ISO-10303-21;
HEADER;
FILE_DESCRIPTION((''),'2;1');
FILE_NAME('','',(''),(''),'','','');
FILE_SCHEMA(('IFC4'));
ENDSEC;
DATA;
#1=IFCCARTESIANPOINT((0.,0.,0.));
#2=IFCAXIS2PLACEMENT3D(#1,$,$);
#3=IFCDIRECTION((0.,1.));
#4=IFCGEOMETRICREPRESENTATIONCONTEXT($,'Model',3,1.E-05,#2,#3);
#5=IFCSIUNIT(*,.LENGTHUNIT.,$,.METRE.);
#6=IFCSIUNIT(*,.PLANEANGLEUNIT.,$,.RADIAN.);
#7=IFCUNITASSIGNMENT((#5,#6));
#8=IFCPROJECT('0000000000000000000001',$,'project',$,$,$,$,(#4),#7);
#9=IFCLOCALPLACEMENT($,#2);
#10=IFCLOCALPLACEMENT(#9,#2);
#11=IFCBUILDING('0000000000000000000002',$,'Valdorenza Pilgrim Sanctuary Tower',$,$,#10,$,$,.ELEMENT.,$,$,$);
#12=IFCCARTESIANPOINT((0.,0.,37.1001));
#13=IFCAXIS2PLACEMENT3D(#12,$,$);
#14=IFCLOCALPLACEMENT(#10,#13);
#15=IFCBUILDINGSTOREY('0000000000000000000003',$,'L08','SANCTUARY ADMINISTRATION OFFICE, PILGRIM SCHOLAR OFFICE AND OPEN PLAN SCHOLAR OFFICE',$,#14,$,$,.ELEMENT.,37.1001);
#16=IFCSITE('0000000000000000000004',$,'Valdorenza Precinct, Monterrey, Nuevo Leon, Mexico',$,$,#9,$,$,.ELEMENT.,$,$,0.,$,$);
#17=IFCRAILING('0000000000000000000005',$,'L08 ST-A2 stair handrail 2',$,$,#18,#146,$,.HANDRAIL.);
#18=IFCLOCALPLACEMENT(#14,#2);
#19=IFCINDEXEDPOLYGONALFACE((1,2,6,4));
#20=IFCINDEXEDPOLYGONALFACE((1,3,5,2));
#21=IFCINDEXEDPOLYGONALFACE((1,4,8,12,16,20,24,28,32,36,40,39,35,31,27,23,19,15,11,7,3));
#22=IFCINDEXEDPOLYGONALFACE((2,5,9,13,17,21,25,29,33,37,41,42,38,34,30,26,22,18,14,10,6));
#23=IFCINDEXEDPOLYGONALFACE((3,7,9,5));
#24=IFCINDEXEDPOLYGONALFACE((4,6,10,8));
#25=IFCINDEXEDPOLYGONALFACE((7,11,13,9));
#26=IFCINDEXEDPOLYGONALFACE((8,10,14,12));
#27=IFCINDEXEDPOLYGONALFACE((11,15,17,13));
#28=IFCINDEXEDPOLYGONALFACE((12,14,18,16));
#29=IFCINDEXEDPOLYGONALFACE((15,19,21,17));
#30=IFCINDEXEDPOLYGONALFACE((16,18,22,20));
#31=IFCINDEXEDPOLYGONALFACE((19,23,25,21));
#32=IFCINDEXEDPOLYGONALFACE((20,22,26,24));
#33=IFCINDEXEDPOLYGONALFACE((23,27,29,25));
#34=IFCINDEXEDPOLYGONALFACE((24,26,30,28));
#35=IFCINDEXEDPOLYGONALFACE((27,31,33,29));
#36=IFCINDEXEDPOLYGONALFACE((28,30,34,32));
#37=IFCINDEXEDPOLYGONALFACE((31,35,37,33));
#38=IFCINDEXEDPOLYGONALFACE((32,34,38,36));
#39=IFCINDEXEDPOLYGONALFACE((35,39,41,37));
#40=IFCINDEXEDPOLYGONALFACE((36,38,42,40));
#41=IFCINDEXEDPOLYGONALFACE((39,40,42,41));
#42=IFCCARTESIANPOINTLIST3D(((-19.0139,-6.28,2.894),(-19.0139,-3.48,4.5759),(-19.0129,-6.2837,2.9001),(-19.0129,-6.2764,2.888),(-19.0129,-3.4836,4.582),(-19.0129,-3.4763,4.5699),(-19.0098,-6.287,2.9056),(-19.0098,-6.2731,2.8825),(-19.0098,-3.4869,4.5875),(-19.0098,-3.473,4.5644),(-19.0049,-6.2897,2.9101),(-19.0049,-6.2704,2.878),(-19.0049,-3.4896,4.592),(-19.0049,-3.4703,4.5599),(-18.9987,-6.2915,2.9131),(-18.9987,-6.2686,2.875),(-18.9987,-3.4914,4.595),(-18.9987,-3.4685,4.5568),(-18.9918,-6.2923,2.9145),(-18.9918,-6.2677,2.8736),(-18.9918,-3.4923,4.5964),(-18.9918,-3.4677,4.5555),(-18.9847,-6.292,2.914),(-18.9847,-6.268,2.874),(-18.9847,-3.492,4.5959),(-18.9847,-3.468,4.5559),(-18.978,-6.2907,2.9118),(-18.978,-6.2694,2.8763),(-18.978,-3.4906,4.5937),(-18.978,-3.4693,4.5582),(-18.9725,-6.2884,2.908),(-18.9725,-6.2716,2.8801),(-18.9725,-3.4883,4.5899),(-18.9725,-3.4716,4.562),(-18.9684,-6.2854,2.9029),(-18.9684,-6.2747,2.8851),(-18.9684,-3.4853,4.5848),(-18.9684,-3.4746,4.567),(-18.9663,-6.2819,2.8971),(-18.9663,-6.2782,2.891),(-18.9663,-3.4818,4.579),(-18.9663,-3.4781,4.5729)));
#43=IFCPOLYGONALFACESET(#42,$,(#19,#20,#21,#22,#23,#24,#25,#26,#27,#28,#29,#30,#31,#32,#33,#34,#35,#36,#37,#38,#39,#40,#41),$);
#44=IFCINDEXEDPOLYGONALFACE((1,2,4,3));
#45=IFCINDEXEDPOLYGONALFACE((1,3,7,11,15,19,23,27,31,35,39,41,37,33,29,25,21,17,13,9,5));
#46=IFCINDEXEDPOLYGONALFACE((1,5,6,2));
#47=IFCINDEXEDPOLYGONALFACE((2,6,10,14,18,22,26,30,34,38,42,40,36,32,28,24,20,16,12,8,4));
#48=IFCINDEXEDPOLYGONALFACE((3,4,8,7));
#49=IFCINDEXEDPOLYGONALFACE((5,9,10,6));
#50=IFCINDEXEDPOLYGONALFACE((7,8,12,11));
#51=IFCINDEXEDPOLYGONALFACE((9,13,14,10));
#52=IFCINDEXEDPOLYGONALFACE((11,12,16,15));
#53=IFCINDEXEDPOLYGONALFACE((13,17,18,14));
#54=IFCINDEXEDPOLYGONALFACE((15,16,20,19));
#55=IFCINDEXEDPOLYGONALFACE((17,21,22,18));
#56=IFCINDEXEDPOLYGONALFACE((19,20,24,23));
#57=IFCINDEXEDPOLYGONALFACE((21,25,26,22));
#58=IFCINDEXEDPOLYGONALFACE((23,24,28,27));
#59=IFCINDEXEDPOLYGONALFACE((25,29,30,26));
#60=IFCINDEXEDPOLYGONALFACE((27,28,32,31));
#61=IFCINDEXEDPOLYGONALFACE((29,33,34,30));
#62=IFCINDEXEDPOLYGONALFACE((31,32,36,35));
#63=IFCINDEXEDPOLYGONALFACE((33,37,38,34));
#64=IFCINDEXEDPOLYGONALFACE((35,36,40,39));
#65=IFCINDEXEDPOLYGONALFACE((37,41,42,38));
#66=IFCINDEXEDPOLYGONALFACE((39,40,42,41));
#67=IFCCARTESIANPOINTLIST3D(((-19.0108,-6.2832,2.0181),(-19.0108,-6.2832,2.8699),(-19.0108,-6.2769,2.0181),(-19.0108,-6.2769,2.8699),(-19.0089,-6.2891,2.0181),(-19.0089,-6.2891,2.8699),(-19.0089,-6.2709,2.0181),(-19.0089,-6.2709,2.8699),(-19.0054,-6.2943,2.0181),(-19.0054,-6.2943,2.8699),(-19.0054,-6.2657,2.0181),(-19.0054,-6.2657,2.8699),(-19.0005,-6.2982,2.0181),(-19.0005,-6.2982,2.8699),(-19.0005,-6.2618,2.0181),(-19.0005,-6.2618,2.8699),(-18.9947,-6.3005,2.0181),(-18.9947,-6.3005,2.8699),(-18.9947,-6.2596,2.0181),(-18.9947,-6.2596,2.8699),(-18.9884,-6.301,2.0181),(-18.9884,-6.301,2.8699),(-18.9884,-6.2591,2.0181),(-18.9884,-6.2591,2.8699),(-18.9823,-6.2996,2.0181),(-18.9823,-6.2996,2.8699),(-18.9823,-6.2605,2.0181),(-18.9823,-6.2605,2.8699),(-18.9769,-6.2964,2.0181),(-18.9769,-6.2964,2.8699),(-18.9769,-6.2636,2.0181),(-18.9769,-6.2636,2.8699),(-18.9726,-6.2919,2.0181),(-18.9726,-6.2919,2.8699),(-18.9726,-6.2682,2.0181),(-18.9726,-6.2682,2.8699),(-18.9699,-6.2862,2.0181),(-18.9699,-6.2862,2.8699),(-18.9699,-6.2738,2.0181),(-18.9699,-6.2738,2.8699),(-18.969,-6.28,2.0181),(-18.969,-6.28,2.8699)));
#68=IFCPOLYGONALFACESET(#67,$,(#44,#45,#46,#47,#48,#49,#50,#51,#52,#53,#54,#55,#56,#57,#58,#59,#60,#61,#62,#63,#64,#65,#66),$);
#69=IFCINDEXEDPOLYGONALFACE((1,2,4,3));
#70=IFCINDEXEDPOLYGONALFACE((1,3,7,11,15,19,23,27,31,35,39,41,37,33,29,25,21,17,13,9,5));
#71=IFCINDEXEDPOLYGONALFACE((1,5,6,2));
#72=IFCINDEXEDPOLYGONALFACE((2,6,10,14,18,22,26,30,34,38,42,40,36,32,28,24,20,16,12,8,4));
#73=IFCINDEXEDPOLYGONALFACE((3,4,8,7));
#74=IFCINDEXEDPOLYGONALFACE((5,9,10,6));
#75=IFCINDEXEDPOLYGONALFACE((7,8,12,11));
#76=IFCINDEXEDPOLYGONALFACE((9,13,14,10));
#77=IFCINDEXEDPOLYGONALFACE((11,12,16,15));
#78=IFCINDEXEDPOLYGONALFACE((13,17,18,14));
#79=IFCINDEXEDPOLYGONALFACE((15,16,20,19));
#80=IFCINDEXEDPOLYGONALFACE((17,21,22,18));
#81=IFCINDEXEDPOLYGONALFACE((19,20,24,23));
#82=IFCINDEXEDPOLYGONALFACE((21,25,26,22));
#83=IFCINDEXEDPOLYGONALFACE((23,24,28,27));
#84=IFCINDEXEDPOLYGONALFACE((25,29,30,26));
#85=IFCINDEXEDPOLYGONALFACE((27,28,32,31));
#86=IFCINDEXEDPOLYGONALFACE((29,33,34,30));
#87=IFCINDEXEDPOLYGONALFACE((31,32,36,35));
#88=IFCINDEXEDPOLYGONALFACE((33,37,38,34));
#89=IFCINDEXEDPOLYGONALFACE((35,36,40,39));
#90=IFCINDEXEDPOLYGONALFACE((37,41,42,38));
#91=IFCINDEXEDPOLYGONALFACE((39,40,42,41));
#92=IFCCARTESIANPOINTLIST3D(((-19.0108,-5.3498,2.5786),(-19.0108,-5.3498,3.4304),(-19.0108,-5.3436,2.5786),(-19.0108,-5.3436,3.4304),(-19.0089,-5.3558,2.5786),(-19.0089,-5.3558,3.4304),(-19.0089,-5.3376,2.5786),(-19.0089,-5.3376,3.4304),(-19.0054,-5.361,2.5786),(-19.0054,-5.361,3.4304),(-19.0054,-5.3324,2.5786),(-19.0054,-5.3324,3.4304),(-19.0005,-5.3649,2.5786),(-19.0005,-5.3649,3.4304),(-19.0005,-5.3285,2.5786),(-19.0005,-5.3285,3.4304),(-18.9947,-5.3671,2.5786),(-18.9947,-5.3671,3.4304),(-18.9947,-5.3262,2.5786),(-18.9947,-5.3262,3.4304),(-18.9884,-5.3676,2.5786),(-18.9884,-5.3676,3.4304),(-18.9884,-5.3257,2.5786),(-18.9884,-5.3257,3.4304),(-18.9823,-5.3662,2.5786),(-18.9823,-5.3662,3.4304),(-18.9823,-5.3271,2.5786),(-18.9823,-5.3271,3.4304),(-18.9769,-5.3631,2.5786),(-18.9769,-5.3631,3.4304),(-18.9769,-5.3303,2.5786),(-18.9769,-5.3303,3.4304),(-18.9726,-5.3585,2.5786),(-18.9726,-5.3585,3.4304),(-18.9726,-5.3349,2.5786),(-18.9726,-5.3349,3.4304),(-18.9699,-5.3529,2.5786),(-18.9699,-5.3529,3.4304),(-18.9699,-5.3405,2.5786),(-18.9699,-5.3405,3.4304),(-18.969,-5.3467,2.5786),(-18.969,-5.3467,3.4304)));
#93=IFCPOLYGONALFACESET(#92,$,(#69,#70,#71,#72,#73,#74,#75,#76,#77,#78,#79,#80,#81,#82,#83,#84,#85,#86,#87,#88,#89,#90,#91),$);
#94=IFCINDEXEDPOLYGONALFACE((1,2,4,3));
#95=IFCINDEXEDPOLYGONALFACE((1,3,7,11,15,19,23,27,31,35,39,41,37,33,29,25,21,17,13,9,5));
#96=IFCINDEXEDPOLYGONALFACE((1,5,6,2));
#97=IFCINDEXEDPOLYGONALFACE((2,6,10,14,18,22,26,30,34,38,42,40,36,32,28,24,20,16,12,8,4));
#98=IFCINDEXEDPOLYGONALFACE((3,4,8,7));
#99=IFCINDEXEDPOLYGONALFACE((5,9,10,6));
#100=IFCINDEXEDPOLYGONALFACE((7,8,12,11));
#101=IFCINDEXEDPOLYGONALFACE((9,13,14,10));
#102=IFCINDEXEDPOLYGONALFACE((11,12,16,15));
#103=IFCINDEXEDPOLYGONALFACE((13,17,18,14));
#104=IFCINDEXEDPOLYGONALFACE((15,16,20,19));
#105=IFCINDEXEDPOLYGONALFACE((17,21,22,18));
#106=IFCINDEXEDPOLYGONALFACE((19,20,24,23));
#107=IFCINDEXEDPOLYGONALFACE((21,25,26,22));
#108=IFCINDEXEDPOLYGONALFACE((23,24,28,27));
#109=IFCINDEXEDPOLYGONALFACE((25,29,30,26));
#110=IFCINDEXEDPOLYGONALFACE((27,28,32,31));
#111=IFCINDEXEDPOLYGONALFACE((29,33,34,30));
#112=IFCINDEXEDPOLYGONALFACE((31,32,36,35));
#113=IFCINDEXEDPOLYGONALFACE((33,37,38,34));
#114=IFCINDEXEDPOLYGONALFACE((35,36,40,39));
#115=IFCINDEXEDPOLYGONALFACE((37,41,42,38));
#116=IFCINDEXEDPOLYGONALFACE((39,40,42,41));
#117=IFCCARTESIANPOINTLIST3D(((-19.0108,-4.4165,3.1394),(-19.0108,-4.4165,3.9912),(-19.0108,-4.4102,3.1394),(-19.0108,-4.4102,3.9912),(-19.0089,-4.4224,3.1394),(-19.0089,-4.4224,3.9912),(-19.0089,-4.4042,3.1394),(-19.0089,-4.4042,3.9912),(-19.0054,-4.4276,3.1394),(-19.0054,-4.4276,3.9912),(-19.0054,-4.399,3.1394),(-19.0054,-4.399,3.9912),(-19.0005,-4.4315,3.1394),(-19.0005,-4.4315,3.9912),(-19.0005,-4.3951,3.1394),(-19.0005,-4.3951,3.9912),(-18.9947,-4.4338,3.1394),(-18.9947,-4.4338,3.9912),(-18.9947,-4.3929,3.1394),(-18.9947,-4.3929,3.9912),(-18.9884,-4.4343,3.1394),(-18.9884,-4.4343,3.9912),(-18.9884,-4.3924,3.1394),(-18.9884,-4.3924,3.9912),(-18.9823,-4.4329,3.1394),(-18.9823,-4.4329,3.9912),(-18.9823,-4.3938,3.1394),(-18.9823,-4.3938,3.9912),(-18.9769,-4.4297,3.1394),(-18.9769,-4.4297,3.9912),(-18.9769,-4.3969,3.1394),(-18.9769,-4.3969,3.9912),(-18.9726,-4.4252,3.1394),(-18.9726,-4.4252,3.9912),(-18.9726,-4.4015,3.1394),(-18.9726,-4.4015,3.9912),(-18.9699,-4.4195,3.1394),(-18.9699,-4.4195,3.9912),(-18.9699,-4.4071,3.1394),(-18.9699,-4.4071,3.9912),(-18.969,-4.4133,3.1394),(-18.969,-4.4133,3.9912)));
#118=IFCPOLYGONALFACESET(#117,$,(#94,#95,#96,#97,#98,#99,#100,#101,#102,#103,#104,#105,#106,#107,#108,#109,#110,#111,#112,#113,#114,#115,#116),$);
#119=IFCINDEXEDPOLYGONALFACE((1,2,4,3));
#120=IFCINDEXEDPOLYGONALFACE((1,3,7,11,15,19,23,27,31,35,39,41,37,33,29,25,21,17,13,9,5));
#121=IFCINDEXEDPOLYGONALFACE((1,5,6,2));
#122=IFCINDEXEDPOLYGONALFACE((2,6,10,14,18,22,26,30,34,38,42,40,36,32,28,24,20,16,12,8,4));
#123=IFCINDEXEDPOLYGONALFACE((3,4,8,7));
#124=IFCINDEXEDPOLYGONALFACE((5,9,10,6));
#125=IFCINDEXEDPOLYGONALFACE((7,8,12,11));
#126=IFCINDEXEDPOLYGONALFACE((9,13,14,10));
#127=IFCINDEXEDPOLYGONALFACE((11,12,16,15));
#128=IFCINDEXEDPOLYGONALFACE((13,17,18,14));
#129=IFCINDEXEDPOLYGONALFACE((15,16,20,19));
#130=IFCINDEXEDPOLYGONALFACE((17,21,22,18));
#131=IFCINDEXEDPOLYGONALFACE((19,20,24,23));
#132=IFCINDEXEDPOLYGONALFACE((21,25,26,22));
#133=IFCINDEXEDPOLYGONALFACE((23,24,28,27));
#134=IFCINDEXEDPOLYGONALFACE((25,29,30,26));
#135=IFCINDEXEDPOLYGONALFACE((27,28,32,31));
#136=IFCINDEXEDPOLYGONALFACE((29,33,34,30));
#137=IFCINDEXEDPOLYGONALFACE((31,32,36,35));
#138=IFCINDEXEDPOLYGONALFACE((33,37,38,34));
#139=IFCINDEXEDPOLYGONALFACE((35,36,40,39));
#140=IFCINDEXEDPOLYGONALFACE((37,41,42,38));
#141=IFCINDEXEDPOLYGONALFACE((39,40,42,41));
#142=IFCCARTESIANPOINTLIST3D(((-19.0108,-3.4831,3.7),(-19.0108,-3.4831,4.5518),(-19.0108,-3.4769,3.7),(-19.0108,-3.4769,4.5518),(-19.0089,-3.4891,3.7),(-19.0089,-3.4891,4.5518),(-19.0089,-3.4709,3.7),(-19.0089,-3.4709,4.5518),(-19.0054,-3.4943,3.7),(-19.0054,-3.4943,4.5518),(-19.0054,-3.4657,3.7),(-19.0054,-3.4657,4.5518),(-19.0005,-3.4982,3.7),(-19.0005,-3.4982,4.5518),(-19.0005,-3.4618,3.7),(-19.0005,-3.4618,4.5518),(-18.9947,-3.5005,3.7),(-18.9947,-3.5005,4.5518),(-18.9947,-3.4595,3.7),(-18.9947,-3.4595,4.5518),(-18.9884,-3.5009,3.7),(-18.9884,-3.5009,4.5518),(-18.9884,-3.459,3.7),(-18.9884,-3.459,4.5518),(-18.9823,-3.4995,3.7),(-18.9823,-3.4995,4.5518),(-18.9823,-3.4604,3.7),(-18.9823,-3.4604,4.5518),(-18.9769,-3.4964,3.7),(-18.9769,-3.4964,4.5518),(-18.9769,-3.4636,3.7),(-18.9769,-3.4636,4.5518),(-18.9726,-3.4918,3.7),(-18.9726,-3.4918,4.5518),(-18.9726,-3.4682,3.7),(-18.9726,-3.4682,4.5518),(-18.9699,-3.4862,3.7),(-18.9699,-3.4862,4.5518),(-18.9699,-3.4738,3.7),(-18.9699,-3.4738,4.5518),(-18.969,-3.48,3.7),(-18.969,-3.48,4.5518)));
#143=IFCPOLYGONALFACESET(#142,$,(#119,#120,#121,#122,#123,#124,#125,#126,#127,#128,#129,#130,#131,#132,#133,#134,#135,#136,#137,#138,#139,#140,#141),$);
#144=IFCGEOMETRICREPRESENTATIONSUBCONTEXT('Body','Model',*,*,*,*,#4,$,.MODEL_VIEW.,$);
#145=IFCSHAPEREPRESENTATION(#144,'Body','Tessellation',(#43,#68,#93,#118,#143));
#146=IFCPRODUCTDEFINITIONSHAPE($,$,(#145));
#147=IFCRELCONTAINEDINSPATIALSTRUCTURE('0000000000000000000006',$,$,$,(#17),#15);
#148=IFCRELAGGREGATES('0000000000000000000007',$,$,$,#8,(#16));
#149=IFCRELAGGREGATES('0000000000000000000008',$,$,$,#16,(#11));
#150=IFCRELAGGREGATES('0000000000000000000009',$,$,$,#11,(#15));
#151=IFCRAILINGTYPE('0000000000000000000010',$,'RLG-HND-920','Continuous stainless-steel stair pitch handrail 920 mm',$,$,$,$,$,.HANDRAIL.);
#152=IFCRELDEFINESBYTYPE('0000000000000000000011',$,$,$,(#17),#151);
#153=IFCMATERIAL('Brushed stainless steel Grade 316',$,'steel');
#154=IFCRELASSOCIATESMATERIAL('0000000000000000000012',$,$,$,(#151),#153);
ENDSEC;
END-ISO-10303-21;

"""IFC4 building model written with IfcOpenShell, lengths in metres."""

from ifc_helpers import new_model, si_unit, direction, frame, origin, origin_2d, place, context, subcontext, project, spatial, circle, extrude, material, type_object, element, save


model = new_model("IFC4")

# Units and contexts
model_context = context("Model", 3, precision=1e-05, world=origin(), true_north=direction((0.0, 1.0)))
body_context = subcontext(model_context, "Body", "Model", "MODEL_VIEW")
ifc_project = project(units=[si_unit("LENGTHUNIT", "METRE"), si_unit("PLANEANGLEUNIT", "RADIAN")], contexts=[model_context])

# Site, building, storey
site_placement = place(None, origin())
site = spatial("IfcSite", under=ifc_project, at=site_placement, Name="Valdorenza Precinct, Monterrey, Nuevo Leon, Mexico", CompositionType="ELEMENT", RefElevation=0.0)
building_placement = place(site_placement, origin())
building = spatial("IfcBuilding", under=site, at=building_placement, Name="Valdorenza Pilgrim Sanctuary Tower", CompositionType="ELEMENT")
storey_placement = place(building_placement, frame((0.0, 0.0, 37.1001)))
storey = spatial("IfcBuildingStorey", under=building, at=storey_placement, Name="L08", Description="SANCTUARY ADMINISTRATION OFFICE, PILGRIM SCHOLAR OFFICE AND OPEN PLAN SCHOLAR OFFICE", CompositionType="ELEMENT", Elevation=37.1001)

# Shared definitions
ifc_material_1 = material(Name="Brushed stainless steel Grade 316", Category="steel")

# Railing
railing_type_1 = type_object("IfcRailingType", Name="RLG-HND-920", Description="Continuous stainless-steel stair pitch handrail 920 mm", PredefinedType="HANDRAIL", material=ifc_material_1)
railing_1_placement = place(storey_placement, frame((-18.99, -6.28, 2.0181)))
element("IfcRailing", 1, at=railing_1_placement, inside=storey, type_object=railing_type_1, Name="L08 ST-A2 stair handrail 2", PredefinedType="HANDRAIL", context=body_context, shape_type="SweptSolid", body=[
    extrude(circle(Radius=0.0239, at=origin_2d()), frame((0.0, 0.0, 0.876), z_axis=(0.0, 0.857242, 0.514913), x_axis=(-1.0, 0.0, 0.0)), (0.0, 0.0, 1.0), 3.2664),
    extrude(circle(Radius=0.021, at=origin_2d()), origin(), (0.0, 0.0, 1.0), 0.8518),
    extrude(circle(Radius=0.021, at=origin_2d()), frame((0.0, 0.9333, 0.5605)), (0.0, 0.0, 1.0), 0.8518),
    extrude(circle(Radius=0.021, at=origin_2d()), frame((0.0, 1.8667, 1.1213)), (0.0, 0.0, 1.0), 0.8518),
    extrude(circle(Radius=0.021, at=origin_2d()), frame((0.0, 2.8, 1.6819)), (0.0, 0.0, 1.0), 0.8518),
])

save(model, "model.ifc")
